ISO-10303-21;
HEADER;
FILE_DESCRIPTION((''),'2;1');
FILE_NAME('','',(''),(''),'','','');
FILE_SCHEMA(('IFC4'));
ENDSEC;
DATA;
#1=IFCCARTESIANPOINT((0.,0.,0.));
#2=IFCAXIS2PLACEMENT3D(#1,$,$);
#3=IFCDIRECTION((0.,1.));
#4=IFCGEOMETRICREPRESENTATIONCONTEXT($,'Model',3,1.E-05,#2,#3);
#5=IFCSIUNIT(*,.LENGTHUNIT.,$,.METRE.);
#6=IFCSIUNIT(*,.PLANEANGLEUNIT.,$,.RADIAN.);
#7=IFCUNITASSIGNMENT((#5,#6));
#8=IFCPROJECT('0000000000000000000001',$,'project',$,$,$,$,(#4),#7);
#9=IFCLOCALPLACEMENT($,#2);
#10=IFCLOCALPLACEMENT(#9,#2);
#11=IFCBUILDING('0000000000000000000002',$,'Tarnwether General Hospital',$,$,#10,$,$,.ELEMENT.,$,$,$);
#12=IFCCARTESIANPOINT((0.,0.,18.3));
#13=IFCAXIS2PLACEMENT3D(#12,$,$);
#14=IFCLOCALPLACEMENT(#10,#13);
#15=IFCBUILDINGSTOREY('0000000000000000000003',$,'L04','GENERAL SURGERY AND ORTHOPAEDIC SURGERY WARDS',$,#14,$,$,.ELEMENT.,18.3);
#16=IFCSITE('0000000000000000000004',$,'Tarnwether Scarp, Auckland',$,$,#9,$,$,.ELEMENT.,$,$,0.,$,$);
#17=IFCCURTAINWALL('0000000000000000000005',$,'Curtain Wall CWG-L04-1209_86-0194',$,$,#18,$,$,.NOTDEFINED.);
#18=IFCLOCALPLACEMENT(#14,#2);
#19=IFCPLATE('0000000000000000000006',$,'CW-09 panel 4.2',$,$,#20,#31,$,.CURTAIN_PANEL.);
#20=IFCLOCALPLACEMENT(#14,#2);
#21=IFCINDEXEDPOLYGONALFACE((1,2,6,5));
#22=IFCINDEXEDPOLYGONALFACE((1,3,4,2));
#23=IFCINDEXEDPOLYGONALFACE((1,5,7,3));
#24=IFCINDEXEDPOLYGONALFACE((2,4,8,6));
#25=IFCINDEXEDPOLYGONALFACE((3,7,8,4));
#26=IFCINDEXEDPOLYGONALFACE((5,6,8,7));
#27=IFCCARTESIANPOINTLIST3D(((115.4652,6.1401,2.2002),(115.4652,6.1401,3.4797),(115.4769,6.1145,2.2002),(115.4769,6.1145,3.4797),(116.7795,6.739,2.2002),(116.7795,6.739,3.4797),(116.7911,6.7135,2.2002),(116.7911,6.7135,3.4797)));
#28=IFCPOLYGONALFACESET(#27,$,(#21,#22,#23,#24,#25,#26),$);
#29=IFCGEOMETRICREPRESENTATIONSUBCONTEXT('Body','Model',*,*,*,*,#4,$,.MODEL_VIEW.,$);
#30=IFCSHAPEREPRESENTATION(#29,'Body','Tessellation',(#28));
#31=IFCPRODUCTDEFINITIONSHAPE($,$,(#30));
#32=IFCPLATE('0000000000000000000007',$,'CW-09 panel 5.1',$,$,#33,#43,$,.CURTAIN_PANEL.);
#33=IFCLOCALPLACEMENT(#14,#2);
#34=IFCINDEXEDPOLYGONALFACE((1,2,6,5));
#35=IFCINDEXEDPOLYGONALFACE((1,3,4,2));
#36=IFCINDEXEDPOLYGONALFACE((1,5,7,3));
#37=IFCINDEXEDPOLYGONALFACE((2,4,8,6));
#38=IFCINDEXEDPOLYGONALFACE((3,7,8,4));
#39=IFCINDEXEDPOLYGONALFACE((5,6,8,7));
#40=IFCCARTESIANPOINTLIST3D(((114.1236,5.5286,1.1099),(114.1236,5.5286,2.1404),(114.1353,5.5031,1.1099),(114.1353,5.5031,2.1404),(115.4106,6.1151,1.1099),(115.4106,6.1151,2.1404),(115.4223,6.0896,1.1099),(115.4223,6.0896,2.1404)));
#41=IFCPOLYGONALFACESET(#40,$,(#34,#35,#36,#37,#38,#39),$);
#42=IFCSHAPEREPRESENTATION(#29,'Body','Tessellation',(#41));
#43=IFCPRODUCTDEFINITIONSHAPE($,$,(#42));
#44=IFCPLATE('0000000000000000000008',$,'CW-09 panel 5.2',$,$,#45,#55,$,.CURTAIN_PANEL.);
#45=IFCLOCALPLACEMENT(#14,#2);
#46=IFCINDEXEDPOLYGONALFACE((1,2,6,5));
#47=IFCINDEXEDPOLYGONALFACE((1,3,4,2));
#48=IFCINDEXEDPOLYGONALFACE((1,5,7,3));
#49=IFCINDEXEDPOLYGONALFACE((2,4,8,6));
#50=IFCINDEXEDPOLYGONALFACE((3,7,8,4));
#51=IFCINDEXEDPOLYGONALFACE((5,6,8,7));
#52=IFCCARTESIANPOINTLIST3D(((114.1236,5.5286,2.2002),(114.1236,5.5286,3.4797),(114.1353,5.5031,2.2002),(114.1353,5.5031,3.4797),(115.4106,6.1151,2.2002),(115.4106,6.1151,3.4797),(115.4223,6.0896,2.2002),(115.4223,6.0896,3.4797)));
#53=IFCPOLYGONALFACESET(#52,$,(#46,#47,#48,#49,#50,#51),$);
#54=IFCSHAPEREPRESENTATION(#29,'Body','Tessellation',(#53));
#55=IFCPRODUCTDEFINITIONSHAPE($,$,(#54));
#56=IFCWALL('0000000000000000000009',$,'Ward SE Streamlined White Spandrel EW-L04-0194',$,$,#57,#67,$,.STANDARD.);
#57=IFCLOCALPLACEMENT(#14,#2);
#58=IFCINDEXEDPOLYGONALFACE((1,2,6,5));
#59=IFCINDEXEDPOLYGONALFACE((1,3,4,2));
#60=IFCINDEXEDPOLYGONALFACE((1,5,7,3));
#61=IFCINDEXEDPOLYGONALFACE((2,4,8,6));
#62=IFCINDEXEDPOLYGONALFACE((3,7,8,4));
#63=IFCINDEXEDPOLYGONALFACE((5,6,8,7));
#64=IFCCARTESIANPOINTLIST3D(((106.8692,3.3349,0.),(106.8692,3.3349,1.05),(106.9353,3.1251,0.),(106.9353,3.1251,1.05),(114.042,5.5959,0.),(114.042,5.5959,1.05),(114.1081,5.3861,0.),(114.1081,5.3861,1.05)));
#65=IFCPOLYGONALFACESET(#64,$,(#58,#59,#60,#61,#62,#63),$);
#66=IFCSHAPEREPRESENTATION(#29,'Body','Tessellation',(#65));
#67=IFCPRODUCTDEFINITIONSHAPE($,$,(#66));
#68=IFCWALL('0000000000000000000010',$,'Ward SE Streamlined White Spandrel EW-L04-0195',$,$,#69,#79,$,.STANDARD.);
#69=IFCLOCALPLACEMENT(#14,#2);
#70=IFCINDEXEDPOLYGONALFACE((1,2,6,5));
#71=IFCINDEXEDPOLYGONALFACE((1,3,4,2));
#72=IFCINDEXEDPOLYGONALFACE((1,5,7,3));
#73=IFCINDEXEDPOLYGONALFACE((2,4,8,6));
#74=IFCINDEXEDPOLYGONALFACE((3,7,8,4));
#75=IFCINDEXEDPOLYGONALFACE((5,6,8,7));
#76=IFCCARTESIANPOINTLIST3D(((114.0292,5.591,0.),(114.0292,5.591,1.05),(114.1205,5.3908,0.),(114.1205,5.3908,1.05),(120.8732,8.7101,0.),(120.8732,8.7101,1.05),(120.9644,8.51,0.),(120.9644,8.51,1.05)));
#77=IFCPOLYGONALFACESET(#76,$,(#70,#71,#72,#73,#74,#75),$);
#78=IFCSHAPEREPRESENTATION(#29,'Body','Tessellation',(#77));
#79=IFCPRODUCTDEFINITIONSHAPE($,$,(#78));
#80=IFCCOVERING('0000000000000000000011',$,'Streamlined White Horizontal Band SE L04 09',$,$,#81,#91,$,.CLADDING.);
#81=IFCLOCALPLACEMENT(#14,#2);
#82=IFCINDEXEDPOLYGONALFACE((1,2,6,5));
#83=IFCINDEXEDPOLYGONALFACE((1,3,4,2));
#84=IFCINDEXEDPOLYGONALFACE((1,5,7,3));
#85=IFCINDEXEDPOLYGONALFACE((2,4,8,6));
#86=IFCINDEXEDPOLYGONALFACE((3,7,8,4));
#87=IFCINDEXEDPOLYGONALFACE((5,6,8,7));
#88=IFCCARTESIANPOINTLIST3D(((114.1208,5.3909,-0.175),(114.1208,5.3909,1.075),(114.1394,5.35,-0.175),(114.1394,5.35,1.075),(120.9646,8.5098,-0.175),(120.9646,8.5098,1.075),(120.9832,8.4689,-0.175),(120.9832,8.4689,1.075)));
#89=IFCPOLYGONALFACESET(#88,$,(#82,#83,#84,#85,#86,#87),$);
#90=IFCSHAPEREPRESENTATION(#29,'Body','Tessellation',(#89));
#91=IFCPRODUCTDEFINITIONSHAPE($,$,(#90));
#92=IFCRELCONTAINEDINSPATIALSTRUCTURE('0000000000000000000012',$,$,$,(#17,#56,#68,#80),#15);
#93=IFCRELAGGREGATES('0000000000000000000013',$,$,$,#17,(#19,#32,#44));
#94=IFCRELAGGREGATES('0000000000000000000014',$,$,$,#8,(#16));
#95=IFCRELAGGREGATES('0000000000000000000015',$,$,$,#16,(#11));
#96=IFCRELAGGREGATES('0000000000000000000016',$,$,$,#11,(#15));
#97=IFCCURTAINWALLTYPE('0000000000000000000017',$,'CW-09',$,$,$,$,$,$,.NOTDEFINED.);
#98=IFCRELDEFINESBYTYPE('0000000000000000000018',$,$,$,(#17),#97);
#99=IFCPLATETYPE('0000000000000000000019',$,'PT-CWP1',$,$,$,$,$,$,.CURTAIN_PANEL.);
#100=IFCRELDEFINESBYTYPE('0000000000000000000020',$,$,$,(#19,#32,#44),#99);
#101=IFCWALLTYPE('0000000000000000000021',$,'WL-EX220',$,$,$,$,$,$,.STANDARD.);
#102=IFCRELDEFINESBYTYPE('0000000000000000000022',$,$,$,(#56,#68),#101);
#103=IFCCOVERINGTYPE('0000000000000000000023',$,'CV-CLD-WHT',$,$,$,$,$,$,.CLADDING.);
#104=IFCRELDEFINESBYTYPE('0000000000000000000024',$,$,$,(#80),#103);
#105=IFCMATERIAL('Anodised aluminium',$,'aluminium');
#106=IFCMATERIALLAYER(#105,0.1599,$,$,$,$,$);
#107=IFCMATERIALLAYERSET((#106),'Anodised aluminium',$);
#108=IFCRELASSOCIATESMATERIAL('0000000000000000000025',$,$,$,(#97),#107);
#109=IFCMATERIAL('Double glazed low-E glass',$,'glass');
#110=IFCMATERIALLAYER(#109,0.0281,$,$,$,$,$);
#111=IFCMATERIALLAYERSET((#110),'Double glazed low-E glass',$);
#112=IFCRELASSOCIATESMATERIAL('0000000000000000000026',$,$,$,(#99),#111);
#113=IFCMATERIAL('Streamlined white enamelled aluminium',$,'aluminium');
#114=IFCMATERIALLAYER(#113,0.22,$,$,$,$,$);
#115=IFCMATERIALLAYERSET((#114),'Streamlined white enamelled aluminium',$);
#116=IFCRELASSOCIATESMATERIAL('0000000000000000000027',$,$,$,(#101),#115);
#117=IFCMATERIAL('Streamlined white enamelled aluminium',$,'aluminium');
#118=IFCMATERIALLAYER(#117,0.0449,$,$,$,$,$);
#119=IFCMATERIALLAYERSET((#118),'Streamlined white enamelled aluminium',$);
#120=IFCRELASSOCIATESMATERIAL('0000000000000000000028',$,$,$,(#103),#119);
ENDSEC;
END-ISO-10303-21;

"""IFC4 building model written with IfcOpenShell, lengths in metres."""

from ifc_helpers import new_model, si_unit, direction, frame, frame_2d, origin, origin_2d, place, context, subcontext, project, spatial, rectangle, extrude, material, layer, layer_set, type_object, element, aggregate, save


model = new_model("IFC4")

# Units and contexts
model_context = context("Model", 3, precision=1e-05, world=origin(), true_north=direction((0.0, 1.0)))
body_context = subcontext(model_context, "Body", "Model", "MODEL_VIEW")
ifc_project = project(units=[si_unit("LENGTHUNIT", "METRE"), si_unit("PLANEANGLEUNIT", "RADIAN")], contexts=[model_context])

# Site, building, storey
site_placement = place(None, origin())
site = spatial("IfcSite", under=ifc_project, at=site_placement, Name="Tarnwether Scarp, Auckland", CompositionType="ELEMENT", RefElevation=0.0)
building_placement = place(site_placement, origin())
building = spatial("IfcBuilding", under=site, at=building_placement, Name="Tarnwether General Hospital", CompositionType="ELEMENT")
storey_placement = place(building_placement, frame((0.0, 0.0, 18.3)))
storey = spatial("IfcBuildingStorey", under=building, at=storey_placement, Name="L04", Description="GENERAL SURGERY AND ORTHOPAEDIC SURGERY WARDS", CompositionType="ELEMENT", Elevation=18.3)

# Curtain wall, plates
ifc_material_1 = material(Name="Anodised aluminium", Category="aluminium")
ifc_layer_1 = layer(ifc_material_1, 0.1599)
ifc_layer_set_1 = layer_set([ifc_layer_1], Name="Anodised aluminium")
curtain_wall_type = type_object("IfcCurtainWallType", Name="CW-09", PredefinedType="NOTDEFINED", material=ifc_layer_set_1)
curtain_wall_placement = place(storey_placement, origin())
curtain_wall = element("IfcCurtainWall", 1, at=curtain_wall_placement, inside=storey, type_object=curtain_wall_type, Name="Curtain Wall CWG-L04-1209_86-0194", PredefinedType="NOTDEFINED")
ifc_material_2 = material(Name="Double glazed low-E glass", Category="glass")
ifc_layer_2 = layer(ifc_material_2, 0.0281)
ifc_layer_set_2 = layer_set([ifc_layer_2], Name="Double glazed low-E glass")
plate_type = type_object("IfcPlateType", Name="PT-CWP1", PredefinedType="CURTAIN_PANEL", material=ifc_layer_set_2)
plate_1_placement = place(storey_placement, frame((116.1282, 6.4268, 2.2002), z_axis=(0.0, 0.0, 1.0), x_axis=(-0.909961, -0.414694, 0.0)))
plate_1 = element("IfcPlate", 2, at=plate_1_placement, type_object=plate_type, Name="CW-09 panel 4.2", PredefinedType="CURTAIN_PANEL", context=body_context, shape_type="SweptSolid", body=[
    extrude(rectangle(XDim=1.4443, YDim=0.0281, at=origin_2d()), origin(), (0.0, 0.0, 1.0), 1.2795),
])
plate_2_placement = place(storey_placement, frame((114.7729, 5.8091, 1.1099), z_axis=(0.0, 0.0, 1.0), x_axis=(-0.909961, -0.414694, 0.0)))
plate_2 = element("IfcPlate", 3, at=plate_2_placement, type_object=plate_type, Name="CW-09 panel 5.1", PredefinedType="CURTAIN_PANEL", context=body_context, shape_type="SweptSolid", body=[
    extrude(rectangle(XDim=1.4143, YDim=0.0281, at=origin_2d()), origin(), (0.0, 0.0, 1.0), 1.0305),
])
plate_3_placement = place(storey_placement, frame((114.7729, 5.8091, 2.2002), z_axis=(0.0, 0.0, 1.0), x_axis=(-0.909961, -0.414694, 0.0)))
plate_3 = element("IfcPlate", 4, at=plate_3_placement, type_object=plate_type, Name="CW-09 panel 5.2", PredefinedType="CURTAIN_PANEL", context=body_context, shape_type="SweptSolid", body=[
    extrude(rectangle(XDim=1.4143, YDim=0.0281, at=origin_2d()), origin(), (0.0, 0.0, 1.0), 1.2795),
])
aggregate(curtain_wall, [plate_1, plate_2, plate_3])

# Walls
ifc_material_3 = material(Name="Streamlined white enamelled aluminium", Category="aluminium")
ifc_layer_3 = layer(ifc_material_3, 0.22)
ifc_layer_set_3 = layer_set([ifc_layer_3], Name="Streamlined white enamelled aluminium")
wall_type = type_object("IfcWallType", Name="WL-EX220", PredefinedType="STANDARD", material=ifc_layer_set_3)
wall_1_placement = place(storey_placement, frame((114.075, 5.491, 0.0), z_axis=(0.0, 0.0, 1.0), x_axis=(-0.95374, -0.300633, 0.0)))
element("IfcWall", 5, at=wall_1_placement, inside=storey, type_object=wall_type, Name="Ward SE Streamlined White Spandrel EW-L04-0194", PredefinedType="STANDARD", context=body_context, shape_type="SweptSolid", body=[
    extrude(rectangle(XDim=7.5208, YDim=0.22, at=frame_2d((3.7603, 0.0))), origin(), (0.0, 0.0, 1.0), 1.05),
])
wall_2_placement = place(storey_placement, frame((120.9189, 8.6101, 0.0), z_axis=(0.0, 0.0, 1.0), x_axis=(-0.909954, -0.41471, 0.0)))
element("IfcWall", 6, at=wall_2_placement, inside=storey, type_object=wall_type, Name="Ward SE Streamlined White Spandrel EW-L04-0195", PredefinedType="STANDARD", context=body_context, shape_type="SweptSolid", body=[
    extrude(rectangle(XDim=7.5212, YDim=0.22, at=frame_2d((3.7607, 0.0))), origin(), (0.0, 0.0, 1.0), 1.05),
])

# Covering
ifc_material_4 = material(Name="Streamlined white enamelled aluminium", Category="aluminium")
ifc_layer_4 = layer(ifc_material_4, 0.0449)
ifc_layer_set_4 = layer_set([ifc_layer_4], Name="Streamlined white enamelled aluminium")
covering_type = type_object("IfcCoveringType", Name="CV-CLD-WHT", PredefinedType="CLADDING", material=ifc_layer_set_4)
covering_placement = place(storey_placement, frame((117.552, 6.9299, -0.175), z_axis=(0.0, 0.0, 1.0), x_axis=(-0.909961, -0.414693, 0.0)))
element("IfcCovering", 7, at=covering_placement, inside=storey, type_object=covering_type, Name="Streamlined White Horizontal Band SE L04 09", PredefinedType="CLADDING", context=body_context, shape_type="SweptSolid", body=[
    extrude(rectangle(XDim=7.521, YDim=0.0449, at=origin_2d()), origin(), (0.0, 0.0, 1.0), 1.25),
])

save(model, "model.ifc")
